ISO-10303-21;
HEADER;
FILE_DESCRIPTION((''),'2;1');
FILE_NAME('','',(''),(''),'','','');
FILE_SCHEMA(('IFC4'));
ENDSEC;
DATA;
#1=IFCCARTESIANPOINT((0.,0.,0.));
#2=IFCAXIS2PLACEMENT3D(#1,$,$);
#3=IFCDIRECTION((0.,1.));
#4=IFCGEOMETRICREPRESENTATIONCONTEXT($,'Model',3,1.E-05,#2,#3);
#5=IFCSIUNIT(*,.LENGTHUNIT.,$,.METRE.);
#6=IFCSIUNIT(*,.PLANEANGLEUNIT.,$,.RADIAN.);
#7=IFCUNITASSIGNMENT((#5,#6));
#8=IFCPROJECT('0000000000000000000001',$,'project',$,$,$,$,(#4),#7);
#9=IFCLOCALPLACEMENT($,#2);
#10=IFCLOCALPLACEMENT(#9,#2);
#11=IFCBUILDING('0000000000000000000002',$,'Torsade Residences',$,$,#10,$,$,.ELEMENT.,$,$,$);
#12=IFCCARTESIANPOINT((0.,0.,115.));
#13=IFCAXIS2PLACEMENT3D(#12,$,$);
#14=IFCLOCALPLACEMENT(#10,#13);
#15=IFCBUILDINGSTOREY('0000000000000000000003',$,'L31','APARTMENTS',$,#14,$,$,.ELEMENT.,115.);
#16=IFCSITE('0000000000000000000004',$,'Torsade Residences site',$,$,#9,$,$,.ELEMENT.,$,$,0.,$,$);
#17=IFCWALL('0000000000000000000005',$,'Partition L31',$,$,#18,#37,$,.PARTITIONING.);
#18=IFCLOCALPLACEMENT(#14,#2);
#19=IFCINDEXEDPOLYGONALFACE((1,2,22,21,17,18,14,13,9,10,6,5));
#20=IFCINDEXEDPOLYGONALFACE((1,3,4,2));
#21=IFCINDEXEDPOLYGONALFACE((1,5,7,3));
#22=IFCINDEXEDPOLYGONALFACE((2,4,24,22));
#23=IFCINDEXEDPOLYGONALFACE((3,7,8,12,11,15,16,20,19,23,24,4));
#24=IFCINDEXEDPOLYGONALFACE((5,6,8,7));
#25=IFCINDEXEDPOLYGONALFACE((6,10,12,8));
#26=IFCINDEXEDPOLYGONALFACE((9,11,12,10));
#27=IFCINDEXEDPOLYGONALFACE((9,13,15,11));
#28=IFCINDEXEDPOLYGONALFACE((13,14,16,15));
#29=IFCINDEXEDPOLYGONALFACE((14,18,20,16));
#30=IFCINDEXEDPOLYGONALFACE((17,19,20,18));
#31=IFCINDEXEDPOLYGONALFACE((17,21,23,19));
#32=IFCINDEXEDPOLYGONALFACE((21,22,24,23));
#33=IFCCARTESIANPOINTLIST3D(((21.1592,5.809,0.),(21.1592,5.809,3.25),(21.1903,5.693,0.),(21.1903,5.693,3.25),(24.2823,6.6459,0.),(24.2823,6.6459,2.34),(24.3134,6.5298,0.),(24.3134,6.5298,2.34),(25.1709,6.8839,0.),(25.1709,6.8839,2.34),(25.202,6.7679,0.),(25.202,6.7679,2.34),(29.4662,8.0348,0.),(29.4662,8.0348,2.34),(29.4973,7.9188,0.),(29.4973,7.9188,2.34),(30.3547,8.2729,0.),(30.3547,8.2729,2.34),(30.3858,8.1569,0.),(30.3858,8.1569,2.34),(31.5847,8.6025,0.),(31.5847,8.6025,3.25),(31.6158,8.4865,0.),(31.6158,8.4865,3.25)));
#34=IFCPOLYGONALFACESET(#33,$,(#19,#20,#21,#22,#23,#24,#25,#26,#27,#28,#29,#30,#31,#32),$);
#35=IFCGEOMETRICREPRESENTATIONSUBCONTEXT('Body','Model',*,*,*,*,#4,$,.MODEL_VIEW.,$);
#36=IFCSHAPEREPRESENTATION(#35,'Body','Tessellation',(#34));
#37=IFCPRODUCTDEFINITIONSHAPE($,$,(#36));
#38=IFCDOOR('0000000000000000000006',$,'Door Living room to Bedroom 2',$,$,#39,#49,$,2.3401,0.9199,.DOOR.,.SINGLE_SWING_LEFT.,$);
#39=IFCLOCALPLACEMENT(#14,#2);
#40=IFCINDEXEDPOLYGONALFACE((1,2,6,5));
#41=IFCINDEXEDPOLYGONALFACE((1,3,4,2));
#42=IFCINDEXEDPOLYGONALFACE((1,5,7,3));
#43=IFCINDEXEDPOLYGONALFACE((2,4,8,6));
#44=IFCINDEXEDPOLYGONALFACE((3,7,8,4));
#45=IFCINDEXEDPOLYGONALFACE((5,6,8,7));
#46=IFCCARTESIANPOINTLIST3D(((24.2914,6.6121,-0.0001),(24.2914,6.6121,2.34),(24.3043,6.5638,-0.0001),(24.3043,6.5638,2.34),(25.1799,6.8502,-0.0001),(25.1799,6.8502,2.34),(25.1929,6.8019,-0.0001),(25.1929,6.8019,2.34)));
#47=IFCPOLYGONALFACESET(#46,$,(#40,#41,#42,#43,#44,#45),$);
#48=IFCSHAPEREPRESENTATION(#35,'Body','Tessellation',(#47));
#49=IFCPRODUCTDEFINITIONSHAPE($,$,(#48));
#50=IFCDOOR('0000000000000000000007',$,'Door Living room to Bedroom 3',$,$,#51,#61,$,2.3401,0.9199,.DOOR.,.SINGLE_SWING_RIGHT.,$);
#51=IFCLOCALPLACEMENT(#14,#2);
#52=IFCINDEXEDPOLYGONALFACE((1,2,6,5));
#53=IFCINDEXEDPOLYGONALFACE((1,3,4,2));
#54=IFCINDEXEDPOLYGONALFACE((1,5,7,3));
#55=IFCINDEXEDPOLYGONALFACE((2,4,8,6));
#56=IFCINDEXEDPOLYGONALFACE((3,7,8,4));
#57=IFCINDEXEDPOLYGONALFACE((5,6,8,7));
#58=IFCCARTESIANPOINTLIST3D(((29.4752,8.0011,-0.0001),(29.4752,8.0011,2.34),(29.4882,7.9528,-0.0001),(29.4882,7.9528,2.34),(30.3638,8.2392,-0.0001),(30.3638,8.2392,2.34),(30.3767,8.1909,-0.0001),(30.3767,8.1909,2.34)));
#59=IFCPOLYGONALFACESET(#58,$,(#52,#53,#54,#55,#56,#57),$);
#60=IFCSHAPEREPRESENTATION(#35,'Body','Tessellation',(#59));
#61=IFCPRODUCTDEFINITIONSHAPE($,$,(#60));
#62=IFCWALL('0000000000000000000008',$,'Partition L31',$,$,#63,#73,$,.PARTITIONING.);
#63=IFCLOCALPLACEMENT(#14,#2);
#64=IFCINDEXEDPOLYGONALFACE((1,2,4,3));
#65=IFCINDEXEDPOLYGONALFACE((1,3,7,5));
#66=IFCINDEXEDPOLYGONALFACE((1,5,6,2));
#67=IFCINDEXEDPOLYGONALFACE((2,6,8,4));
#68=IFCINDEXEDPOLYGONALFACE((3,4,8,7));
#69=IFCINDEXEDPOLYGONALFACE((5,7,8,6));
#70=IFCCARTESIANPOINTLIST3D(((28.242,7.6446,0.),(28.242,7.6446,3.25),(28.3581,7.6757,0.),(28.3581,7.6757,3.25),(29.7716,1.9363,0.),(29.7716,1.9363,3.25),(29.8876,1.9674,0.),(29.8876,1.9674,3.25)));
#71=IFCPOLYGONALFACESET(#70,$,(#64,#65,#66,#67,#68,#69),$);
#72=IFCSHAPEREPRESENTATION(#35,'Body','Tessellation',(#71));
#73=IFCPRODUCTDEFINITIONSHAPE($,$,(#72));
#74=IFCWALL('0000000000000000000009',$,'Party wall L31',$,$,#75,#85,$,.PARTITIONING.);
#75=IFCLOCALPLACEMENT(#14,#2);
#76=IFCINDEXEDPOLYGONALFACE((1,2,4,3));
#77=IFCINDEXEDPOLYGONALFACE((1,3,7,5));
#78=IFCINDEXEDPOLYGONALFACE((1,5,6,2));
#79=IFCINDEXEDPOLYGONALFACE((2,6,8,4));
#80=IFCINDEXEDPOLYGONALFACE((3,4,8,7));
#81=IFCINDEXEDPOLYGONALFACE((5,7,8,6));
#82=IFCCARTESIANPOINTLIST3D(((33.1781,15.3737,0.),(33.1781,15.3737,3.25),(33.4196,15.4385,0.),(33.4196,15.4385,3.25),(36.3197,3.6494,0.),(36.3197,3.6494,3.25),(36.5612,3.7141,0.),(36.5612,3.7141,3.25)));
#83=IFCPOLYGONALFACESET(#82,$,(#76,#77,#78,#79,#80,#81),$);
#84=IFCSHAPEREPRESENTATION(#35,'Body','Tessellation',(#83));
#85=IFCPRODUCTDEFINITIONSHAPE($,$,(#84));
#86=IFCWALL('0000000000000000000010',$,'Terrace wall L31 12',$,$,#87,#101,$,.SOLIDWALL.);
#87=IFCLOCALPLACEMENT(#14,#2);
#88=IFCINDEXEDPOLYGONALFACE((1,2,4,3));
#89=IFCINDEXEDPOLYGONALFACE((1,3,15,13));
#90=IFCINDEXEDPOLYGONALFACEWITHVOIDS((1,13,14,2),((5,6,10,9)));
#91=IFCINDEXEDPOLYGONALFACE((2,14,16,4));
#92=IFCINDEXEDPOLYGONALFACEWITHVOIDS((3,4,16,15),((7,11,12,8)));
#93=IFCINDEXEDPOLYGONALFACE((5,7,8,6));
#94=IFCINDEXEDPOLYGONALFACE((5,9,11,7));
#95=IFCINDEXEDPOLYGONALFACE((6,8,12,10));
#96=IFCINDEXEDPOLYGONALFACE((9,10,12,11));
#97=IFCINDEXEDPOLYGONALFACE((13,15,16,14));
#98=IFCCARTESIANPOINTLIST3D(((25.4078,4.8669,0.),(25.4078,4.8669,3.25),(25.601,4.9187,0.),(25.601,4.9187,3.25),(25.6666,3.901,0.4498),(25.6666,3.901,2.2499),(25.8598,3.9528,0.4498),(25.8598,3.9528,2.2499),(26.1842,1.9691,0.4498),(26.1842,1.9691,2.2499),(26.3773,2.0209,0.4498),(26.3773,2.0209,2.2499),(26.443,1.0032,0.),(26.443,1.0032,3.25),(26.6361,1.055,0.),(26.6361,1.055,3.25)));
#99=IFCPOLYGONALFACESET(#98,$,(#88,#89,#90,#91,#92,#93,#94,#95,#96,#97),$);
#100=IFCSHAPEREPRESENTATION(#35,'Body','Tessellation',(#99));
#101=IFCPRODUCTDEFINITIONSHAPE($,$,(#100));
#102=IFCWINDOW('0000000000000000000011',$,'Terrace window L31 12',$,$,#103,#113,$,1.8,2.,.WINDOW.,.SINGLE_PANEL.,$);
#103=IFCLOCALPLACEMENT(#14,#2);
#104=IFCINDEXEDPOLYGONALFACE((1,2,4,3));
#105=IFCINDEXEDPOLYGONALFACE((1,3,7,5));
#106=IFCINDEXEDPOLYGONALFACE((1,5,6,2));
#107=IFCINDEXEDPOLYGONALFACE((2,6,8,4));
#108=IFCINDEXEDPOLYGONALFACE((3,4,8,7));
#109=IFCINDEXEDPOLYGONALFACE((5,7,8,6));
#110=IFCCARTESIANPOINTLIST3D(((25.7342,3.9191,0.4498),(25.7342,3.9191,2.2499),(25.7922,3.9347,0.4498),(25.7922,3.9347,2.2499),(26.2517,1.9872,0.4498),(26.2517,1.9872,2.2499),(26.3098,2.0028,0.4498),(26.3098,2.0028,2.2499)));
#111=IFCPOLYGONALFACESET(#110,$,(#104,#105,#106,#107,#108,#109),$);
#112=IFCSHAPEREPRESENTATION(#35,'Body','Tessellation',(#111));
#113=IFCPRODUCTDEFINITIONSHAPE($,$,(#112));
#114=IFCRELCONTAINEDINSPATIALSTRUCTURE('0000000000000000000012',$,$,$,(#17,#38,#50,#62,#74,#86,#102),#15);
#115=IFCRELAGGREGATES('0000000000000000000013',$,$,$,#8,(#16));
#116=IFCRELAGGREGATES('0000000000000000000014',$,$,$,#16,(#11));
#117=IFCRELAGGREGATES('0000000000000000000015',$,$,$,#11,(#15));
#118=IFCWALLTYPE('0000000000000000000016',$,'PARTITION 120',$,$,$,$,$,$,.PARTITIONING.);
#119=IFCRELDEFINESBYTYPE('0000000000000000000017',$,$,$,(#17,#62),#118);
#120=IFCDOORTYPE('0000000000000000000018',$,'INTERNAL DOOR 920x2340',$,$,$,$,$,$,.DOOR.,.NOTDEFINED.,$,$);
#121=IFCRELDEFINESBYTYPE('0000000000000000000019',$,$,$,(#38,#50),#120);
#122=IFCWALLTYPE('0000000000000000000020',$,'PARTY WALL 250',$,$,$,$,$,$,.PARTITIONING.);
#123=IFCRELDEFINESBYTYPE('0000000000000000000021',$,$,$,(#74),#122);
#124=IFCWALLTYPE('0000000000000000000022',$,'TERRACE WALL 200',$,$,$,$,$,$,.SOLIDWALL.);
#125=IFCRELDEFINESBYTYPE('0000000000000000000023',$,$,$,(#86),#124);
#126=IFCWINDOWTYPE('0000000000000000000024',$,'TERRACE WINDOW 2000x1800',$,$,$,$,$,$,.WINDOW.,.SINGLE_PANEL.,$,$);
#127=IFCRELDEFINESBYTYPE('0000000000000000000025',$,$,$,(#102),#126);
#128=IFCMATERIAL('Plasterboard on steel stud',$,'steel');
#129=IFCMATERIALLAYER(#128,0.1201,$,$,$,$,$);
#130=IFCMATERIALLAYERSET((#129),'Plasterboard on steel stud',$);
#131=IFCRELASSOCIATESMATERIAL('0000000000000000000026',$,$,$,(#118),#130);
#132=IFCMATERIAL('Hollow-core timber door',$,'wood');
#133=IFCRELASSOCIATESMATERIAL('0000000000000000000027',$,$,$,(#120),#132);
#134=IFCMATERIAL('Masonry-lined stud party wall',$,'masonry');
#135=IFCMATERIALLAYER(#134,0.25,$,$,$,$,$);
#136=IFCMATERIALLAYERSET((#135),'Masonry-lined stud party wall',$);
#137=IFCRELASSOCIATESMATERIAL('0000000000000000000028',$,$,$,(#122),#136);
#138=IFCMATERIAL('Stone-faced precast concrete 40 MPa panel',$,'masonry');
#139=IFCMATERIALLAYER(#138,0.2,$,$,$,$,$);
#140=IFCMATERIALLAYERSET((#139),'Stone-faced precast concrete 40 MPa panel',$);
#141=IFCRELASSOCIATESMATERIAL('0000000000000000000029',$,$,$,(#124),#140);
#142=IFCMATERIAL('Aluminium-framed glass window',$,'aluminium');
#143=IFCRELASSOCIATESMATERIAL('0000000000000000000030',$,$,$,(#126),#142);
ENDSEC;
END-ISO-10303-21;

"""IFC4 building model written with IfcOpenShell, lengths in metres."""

from ifc_helpers import new_model, si_unit, direction, frame, frame_2d, origin, place, context, subcontext, project, spatial, rectangle, extrude, material, layer, layer_set, type_object, element, fill, save


model = new_model("IFC4")

# Units and contexts
model_context = context("Model", 3, precision=1e-05, world=origin(), true_north=direction((0.0, 1.0)))
body_context = subcontext(model_context, "Body", "Model", "MODEL_VIEW")
ifc_project = project(units=[si_unit("LENGTHUNIT", "METRE"), si_unit("PLANEANGLEUNIT", "RADIAN")], contexts=[model_context])

# Site, building, storey
site_placement = place(None, origin())
site = spatial("IfcSite", under=ifc_project, at=site_placement, Name="Torsade Residences site", CompositionType="ELEMENT", RefElevation=0.0)
building_placement = place(site_placement, origin())
building = spatial("IfcBuilding", under=site, at=building_placement, Name="Torsade Residences", CompositionType="ELEMENT")
storey_placement = place(building_placement, frame((0.0, 0.0, 115.0)))
storey = spatial("IfcBuildingStorey", under=building, at=storey_placement, Name="L31", Description="APARTMENTS", CompositionType="ELEMENT", Elevation=115.0)

# Wall, openings, doors
ifc_material_1 = material(Name="Plasterboard on steel stud", Category="steel")
ifc_layer_1 = layer(ifc_material_1, 0.1201)
ifc_layer_set_1 = layer_set([ifc_layer_1], Name="Plasterboard on steel stud")
wall_type_1 = type_object("IfcWallType", Name="PARTITION 120", PredefinedType="PARTITIONING", material=ifc_layer_set_1)
wall_1_placement = place(storey_placement, frame((31.6001, 8.5444, 0.0), z_axis=(0.0, 0.0, 1.0), x_axis=(-0.965927, -0.258814, 0.0)))
wall_1 = element("IfcWall", 1, at=wall_1_placement, inside=storey, type_object=wall_type_1, Name="Partition L31", PredefinedType="PARTITIONING", context=body_context, shape_type="SweptSolid", body=[
    extrude(rectangle(XDim=10.7932, YDim=0.1201, at=frame_2d((5.3965, 0.0))), origin(), (0.0, 0.0, 1.0), 3.25),
])
opening_1_placement = place(wall_1_placement, frame((6.6399, 0.0, 0.0)))
opening_1 = element("IfcOpeningElement", 2, at=opening_1_placement, cuts=wall_1, PredefinedType="OPENING", context=body_context, shape_type="SweptSolid", body=[
    extrude(rectangle(XDim=0.9199, YDim=2.3401, at=frame_2d((0.46, 1.1699))), frame((0.0, 0.0701, 0.0), z_axis=(0.0, -1.0, 0.0), x_axis=(1.0, 0.0, 0.0)), (0.0, 0.0, 1.0), 0.1401),
])
opening_2_placement = place(wall_1_placement, frame((1.2732, 0.0, 0.0)))
opening_2 = element("IfcOpeningElement", 3, at=opening_2_placement, cuts=wall_1, PredefinedType="OPENING", context=body_context, shape_type="SweptSolid", body=[
    extrude(rectangle(XDim=0.9199, YDim=2.3401, at=frame_2d((0.46, 1.1699))), frame((0.0, 0.0701, 0.0), z_axis=(0.0, -1.0, 0.0), x_axis=(1.0, 0.0, 0.0)), (0.0, 0.0, 1.0), 0.1401),
])
ifc_material_2 = material(Name="Hollow-core timber door", Category="wood")
door_type = type_object("IfcDoorType", Name="INTERNAL DOOR 920x2340", OperationType="NOTDEFINED", PredefinedType="DOOR", material=ifc_material_2)
door_1_placement = place(opening_1_placement, origin())
door_1 = element("IfcDoor", 4, at=door_1_placement, inside=storey, type_object=door_type, Name="Door Living room to Bedroom 2", OperationType="SINGLE_SWING_LEFT", OverallHeight=2.3401, OverallWidth=0.9199, PredefinedType="DOOR", context=body_context, shape_type="SweptSolid", body=[
    extrude(rectangle(XDim=0.9199, YDim=2.3401, at=frame_2d((0.46, 1.1699))), frame((0.0, 0.0249, 0.0), z_axis=(0.0, -1.0, 0.0), x_axis=(1.0, 0.0, 0.0)), (0.0, 0.0, 1.0), 0.05),
])
fill(opening_1, door_1)
door_2_placement = place(opening_2_placement, origin())
door_2 = element("IfcDoor", 5, at=door_2_placement, inside=storey, type_object=door_type, Name="Door Living room to Bedroom 3", OperationType="SINGLE_SWING_RIGHT", OverallHeight=2.3401, OverallWidth=0.9199, PredefinedType="DOOR", context=body_context, shape_type="SweptSolid", body=[
    extrude(rectangle(XDim=0.9199, YDim=2.3401, at=frame_2d((0.46, 1.1699))), frame((0.0, 0.0249, 0.0), z_axis=(0.0, -1.0, 0.0), x_axis=(1.0, 0.0, 0.0)), (0.0, 0.0, 1.0), 0.05),
])
fill(opening_2, door_2)

# Walls
wall_2_placement = place(storey_placement, frame((28.3, 7.6602, 0.0), z_axis=(0.0, 0.0, 1.0), x_axis=(0.258822, -0.965925, 0.0)))
element("IfcWall", 6, at=wall_2_placement, inside=storey, type_object=wall_type_1, Name="Partition L31", PredefinedType="PARTITIONING", context=body_context, shape_type="SweptSolid", body=[
    extrude(rectangle(XDim=5.9097, YDim=0.1201, at=frame_2d((2.9548, 0.0))), origin(), (0.0, 0.0, 1.0), 3.25),
])
ifc_material_3 = material(Name="Masonry-lined stud party wall", Category="masonry")
ifc_layer_2 = layer(ifc_material_3, 0.25)
ifc_layer_set_2 = layer_set([ifc_layer_2], Name="Masonry-lined stud party wall")
wall_type_2 = type_object("IfcWallType", Name="PARTY WALL 250", PredefinedType="PARTITIONING", material=ifc_layer_set_2)
wall_3_placement = place(storey_placement, frame((36.4404, 3.6819, 0.0), z_axis=(0.0, 0.0, 1.0), x_axis=(-0.258824, 0.965924, 0.0)))
element("IfcWall", 7, at=wall_3_placement, inside=storey, type_object=wall_type_2, Name="Party wall L31", PredefinedType="PARTITIONING", context=body_context, shape_type="SweptSolid", body=[
    extrude(rectangle(XDim=12.1379, YDim=0.25, at=frame_2d((6.0688, 0.0))), origin(), (0.0, 0.0, 1.0), 3.25),
])

# Wall, opening, window
ifc_material_4 = material(Name="Stone-faced precast concrete 40 MPa panel", Category="masonry")
ifc_layer_3 = layer(ifc_material_4, 0.2)
ifc_layer_set_3 = layer_set([ifc_layer_3], Name="Stone-faced precast concrete 40 MPa panel")
wall_type_3 = type_object("IfcWallType", Name="TERRACE WALL 200", PredefinedType="SOLIDWALL", material=ifc_layer_set_3)
wall_4_placement = place(storey_placement, frame((25.5044, 4.8928, 0.0), z_axis=(0.0, 0.0, 1.0), x_axis=(0.258787, -0.965934, 0.0)))
wall_4 = element("IfcWall", 8, at=wall_4_placement, inside=storey, type_object=wall_type_3, Name="Terrace wall L31 12", PredefinedType="SOLIDWALL", context=body_context, shape_type="SweptSolid", body=[
    extrude(rectangle(XDim=4.0, YDim=0.2, at=frame_2d((2.0, 0.0))), origin(), (0.0, 0.0, 1.0), 3.25),
])
opening_3_placement = place(wall_4_placement, frame((1.0, 0.0, 0.45)))
opening_3 = element("IfcOpeningElement", 9, at=opening_3_placement, cuts=wall_4, PredefinedType="OPENING", context=body_context, shape_type="SweptSolid", body=[
    extrude(rectangle(XDim=2.0, YDim=1.8, at=frame_2d((1.0, 0.8999))), frame((0.0, 0.1099, 0.0), z_axis=(0.0, -1.0, 0.0), x_axis=(1.0, 0.0, 0.0)), (0.0, 0.0, 1.0), 0.22),
])
ifc_material_5 = material(Name="Aluminium-framed glass window", Category="aluminium")
window_type = type_object("IfcWindowType", Name="TERRACE WINDOW 2000x1800", PartitioningType="SINGLE_PANEL", PredefinedType="WINDOW", material=ifc_material_5)
window_placement = place(opening_3_placement, origin())
window = element("IfcWindow", 10, at=window_placement, inside=storey, type_object=window_type, Name="Terrace window L31 12", OverallHeight=1.8, OverallWidth=2.0, PartitioningType="SINGLE_PANEL", PredefinedType="WINDOW", context=body_context, shape_type="SweptSolid", body=[
    extrude(rectangle(XDim=2.0, YDim=1.8, at=frame_2d((1.0, 0.8999))), frame((0.0, 0.03, 0.0), z_axis=(0.0, -1.0, 0.0), x_axis=(1.0, 0.0, 0.0)), (0.0, 0.0, 1.0), 0.0601),
])
fill(opening_3, window)

save(model, "model.ifc")
